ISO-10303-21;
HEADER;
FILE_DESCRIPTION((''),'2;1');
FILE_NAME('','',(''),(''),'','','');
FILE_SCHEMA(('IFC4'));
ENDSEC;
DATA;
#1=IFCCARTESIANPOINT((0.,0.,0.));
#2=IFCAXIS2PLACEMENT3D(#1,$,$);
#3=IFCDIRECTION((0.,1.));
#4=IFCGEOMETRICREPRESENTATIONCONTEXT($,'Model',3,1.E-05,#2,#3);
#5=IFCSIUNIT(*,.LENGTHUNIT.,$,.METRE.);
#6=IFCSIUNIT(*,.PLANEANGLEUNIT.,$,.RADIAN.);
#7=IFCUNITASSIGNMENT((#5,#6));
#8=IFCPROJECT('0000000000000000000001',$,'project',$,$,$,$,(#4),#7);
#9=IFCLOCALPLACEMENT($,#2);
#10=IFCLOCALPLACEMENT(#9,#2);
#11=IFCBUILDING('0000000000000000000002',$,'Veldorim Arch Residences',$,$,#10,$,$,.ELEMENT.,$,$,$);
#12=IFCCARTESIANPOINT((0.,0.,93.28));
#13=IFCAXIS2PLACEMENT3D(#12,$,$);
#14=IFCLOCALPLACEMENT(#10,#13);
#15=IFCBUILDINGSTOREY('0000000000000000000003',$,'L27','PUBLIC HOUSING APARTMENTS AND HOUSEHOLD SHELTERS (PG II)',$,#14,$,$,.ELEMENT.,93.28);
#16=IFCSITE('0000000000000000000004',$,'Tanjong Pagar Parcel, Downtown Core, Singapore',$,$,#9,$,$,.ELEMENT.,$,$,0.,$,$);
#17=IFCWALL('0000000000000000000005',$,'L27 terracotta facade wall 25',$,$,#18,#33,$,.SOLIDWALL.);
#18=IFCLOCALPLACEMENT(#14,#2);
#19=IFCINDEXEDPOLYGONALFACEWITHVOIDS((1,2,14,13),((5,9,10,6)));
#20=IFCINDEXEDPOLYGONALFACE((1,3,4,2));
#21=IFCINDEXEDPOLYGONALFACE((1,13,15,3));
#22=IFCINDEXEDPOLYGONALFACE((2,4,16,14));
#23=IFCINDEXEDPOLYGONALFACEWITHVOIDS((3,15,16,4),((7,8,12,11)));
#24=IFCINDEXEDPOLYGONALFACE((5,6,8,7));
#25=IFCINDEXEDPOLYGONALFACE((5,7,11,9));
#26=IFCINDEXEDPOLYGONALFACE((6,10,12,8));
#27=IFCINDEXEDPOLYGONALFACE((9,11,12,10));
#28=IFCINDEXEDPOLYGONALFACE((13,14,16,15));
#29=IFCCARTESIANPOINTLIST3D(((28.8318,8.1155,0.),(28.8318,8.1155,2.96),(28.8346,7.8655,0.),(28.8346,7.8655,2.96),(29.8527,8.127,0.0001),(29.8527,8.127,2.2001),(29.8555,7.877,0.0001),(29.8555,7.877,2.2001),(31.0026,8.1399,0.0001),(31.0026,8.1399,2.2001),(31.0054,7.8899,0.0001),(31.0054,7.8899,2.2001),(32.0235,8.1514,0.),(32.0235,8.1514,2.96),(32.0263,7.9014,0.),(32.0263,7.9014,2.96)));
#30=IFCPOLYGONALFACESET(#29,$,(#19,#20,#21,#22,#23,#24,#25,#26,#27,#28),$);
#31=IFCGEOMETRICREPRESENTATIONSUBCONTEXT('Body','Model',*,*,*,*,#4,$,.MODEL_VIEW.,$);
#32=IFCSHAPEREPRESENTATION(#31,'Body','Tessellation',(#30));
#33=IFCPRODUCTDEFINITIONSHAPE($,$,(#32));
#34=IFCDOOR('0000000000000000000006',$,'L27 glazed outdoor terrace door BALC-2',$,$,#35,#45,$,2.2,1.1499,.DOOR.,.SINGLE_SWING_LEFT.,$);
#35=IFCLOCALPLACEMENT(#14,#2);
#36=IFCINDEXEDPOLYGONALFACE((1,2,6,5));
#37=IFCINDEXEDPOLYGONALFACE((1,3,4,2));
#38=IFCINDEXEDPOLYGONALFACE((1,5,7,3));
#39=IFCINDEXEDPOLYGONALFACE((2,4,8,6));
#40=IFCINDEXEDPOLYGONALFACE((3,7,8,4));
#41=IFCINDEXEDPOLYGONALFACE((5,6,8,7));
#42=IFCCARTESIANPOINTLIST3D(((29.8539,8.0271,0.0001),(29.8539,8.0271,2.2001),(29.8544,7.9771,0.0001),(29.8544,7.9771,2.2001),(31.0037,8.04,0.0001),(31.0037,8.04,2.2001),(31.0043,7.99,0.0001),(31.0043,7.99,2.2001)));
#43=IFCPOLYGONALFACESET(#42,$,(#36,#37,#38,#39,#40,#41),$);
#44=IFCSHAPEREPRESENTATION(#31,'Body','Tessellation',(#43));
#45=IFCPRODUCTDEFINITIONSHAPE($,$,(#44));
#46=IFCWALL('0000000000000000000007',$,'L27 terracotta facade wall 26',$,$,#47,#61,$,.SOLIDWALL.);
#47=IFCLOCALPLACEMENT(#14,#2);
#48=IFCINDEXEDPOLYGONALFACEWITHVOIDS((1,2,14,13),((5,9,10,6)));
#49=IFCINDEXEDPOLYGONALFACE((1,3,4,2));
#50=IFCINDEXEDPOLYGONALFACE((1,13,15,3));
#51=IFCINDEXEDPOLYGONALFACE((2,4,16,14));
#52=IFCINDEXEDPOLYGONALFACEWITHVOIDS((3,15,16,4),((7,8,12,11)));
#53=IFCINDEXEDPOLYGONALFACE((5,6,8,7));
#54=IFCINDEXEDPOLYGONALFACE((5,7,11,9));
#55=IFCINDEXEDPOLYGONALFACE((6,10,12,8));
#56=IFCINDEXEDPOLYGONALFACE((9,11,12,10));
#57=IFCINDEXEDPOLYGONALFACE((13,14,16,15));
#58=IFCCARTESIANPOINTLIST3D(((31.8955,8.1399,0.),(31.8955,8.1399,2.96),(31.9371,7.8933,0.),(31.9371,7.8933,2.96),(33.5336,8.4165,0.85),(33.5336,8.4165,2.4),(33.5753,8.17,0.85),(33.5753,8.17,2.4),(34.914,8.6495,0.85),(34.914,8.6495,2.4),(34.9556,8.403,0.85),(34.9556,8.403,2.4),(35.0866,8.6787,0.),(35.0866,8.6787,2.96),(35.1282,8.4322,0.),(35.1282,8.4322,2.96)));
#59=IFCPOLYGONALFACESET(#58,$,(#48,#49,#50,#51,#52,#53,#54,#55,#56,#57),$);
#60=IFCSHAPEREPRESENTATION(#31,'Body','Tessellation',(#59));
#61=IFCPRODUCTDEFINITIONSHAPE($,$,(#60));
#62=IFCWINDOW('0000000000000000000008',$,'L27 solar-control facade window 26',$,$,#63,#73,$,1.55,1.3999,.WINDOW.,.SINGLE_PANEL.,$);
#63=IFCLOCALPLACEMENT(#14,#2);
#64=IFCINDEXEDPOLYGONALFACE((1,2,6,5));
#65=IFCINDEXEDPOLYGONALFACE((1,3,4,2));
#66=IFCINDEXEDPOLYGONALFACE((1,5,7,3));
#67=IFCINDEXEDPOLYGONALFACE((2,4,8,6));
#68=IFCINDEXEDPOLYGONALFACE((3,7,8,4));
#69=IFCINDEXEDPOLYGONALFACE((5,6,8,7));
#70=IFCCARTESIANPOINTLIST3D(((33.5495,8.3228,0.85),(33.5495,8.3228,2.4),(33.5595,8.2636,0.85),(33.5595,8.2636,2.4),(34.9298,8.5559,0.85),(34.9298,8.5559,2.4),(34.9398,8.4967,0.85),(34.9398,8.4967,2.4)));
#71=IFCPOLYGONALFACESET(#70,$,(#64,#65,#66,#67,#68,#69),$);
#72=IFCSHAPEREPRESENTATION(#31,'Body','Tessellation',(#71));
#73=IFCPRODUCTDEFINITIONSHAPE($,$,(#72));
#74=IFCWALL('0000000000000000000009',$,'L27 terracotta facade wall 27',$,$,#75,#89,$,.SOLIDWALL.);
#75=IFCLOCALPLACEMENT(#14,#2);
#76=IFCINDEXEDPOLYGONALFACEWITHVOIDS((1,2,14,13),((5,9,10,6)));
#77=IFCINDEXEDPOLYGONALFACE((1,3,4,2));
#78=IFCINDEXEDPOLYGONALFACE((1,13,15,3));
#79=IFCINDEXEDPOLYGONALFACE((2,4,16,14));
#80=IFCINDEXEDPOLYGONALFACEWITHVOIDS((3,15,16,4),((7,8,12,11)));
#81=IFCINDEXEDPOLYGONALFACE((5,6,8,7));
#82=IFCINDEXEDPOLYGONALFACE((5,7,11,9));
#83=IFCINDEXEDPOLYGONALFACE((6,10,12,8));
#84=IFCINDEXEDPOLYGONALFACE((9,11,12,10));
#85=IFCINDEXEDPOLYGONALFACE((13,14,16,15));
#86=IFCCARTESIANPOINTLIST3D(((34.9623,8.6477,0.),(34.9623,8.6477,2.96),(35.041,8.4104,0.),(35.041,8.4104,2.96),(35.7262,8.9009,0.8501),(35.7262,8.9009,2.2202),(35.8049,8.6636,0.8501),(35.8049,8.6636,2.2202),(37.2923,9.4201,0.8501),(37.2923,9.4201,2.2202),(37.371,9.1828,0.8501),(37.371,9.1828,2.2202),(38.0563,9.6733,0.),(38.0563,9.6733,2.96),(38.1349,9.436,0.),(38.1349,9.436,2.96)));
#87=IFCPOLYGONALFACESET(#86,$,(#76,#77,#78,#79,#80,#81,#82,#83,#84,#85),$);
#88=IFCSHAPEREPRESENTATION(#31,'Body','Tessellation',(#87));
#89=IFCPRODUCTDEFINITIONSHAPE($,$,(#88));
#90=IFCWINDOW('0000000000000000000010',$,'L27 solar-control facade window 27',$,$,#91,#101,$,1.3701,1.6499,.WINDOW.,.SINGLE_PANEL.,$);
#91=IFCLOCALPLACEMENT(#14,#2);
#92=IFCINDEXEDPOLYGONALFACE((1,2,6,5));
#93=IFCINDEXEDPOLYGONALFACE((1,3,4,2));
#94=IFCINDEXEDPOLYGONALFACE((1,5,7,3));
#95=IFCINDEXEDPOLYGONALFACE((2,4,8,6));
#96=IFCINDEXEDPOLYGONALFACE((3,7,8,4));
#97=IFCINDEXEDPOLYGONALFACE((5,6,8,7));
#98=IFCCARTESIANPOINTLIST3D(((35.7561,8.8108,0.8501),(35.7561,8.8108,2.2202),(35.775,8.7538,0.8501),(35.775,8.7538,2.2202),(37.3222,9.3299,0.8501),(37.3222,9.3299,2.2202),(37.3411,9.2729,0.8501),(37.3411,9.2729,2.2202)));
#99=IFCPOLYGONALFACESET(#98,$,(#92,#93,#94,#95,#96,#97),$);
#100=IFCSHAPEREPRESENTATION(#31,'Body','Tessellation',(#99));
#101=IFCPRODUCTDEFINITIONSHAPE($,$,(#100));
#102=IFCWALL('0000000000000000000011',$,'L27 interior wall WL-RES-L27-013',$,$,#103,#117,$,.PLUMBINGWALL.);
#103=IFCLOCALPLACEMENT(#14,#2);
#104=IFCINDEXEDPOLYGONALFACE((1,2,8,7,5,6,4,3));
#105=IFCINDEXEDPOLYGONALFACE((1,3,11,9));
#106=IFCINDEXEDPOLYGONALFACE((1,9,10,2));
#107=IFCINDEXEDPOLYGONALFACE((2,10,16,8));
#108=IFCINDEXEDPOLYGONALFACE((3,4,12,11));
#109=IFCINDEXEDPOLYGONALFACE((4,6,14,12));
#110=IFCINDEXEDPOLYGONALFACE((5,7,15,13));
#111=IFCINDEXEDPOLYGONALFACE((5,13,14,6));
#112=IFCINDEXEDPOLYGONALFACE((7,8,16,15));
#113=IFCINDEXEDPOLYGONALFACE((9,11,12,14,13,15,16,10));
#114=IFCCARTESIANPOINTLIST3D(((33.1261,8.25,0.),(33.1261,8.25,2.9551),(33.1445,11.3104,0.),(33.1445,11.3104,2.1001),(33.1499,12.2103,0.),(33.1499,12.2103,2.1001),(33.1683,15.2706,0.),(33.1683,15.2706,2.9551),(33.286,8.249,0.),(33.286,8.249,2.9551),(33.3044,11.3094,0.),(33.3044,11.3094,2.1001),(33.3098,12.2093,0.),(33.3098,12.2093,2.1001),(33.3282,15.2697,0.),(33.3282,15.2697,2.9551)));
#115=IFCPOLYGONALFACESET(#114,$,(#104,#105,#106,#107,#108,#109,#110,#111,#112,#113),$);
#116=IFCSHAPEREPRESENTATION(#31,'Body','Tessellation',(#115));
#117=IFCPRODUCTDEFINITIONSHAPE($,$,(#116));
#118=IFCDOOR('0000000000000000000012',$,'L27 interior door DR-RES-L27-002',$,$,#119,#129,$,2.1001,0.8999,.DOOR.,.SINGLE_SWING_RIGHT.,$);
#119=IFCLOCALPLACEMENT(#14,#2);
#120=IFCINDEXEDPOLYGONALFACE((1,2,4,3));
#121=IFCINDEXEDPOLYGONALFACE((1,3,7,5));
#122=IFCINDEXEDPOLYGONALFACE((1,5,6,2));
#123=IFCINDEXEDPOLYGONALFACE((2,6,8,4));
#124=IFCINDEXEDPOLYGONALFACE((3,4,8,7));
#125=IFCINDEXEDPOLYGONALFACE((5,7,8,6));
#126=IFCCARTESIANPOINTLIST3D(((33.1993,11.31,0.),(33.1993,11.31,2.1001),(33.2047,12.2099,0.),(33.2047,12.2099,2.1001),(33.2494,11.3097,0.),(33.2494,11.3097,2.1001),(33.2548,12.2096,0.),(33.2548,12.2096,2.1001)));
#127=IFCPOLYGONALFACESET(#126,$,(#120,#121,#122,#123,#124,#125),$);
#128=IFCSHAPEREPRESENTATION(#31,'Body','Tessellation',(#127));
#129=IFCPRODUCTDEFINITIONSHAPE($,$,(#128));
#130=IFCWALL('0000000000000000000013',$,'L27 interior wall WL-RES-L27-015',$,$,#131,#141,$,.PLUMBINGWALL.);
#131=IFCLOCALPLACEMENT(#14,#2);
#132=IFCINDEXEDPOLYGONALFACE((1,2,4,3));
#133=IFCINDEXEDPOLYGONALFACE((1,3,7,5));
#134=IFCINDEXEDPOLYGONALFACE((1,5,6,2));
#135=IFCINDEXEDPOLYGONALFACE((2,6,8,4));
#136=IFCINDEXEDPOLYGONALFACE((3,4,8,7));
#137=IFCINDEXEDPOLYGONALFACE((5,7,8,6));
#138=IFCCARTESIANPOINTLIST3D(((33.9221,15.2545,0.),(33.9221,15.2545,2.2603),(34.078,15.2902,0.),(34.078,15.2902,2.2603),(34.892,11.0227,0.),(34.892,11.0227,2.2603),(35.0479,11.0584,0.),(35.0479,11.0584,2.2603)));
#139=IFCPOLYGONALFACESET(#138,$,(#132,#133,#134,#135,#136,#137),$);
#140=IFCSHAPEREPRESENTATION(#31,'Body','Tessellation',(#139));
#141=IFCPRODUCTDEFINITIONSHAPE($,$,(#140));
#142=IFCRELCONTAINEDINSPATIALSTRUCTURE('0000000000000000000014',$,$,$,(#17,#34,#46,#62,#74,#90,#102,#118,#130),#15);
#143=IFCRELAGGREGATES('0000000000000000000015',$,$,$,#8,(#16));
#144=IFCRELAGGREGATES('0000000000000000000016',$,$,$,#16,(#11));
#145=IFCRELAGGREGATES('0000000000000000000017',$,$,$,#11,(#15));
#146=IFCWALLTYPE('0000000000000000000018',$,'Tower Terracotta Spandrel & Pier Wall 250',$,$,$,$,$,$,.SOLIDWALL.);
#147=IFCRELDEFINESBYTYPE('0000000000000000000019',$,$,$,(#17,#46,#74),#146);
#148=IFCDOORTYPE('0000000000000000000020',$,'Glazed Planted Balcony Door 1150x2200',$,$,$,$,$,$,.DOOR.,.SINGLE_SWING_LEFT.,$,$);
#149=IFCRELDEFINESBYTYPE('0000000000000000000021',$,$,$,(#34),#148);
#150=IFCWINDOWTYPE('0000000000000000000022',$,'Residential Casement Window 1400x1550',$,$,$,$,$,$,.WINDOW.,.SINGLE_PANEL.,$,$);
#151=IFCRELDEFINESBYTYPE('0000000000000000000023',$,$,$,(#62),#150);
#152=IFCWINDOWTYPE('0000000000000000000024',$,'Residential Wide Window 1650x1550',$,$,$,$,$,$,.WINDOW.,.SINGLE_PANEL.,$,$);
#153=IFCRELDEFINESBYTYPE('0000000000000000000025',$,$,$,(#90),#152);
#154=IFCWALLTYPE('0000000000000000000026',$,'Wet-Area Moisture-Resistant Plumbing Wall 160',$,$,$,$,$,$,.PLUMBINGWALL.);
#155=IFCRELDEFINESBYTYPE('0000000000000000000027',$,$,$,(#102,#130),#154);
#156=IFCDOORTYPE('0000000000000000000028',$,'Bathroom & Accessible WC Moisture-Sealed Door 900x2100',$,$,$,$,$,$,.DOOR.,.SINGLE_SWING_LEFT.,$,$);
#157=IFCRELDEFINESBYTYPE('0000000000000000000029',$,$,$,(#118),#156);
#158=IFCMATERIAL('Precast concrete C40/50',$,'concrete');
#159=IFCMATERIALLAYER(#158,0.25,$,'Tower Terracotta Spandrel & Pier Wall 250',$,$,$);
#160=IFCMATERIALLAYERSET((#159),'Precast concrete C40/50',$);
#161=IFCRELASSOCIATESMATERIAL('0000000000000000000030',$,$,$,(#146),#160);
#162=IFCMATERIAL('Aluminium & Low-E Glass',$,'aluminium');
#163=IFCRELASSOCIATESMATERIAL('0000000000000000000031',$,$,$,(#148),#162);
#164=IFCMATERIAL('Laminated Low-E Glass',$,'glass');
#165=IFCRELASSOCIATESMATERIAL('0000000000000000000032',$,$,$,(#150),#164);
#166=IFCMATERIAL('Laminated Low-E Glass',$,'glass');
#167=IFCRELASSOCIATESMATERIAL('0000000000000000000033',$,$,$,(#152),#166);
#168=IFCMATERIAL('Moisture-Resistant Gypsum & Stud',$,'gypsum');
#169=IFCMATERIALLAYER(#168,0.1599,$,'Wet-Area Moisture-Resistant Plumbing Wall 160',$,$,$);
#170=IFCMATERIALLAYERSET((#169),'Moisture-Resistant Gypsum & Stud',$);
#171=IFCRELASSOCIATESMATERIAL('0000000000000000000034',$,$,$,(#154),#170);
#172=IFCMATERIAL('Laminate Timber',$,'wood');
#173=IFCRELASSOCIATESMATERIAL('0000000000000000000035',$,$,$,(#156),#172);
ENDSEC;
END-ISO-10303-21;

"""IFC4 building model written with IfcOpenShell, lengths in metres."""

from ifc_helpers import new_model, si_unit, direction, frame, frame_2d, origin, place, context, subcontext, project, spatial, rectangle, extrude, material, layer, layer_set, type_object, element, fill, save


model = new_model("IFC4")

# Units and contexts
model_context = context("Model", 3, precision=1e-05, world=origin(), true_north=direction((0.0, 1.0)))
body_context = subcontext(model_context, "Body", "Model", "MODEL_VIEW")
ifc_project = project(units=[si_unit("LENGTHUNIT", "METRE"), si_unit("PLANEANGLEUNIT", "RADIAN")], contexts=[model_context])

# Site, building, storey
site_placement = place(None, origin())
site = spatial("IfcSite", under=ifc_project, at=site_placement, Name="Tanjong Pagar Parcel, Downtown Core, Singapore", CompositionType="ELEMENT", RefElevation=0.0)
building_placement = place(site_placement, origin())
building = spatial("IfcBuilding", under=site, at=building_placement, Name="Veldorim Arch Residences", CompositionType="ELEMENT")
storey_placement = place(building_placement, frame((0.0, 0.0, 93.28)))
storey = spatial("IfcBuildingStorey", under=building, at=storey_placement, Name="L27", Description="PUBLIC HOUSING APARTMENTS AND HOUSEHOLD SHELTERS (PG II)", CompositionType="ELEMENT", Elevation=93.28)

# Wall, opening, door
ifc_material_1 = material(Name="Precast concrete C40/50", Category="concrete")
ifc_layer_1 = layer(ifc_material_1, 0.25, Name="Tower Terracotta Spandrel & Pier Wall 250")
ifc_layer_set_1 = layer_set([ifc_layer_1], Name="Precast concrete C40/50")
wall_type_1 = type_object("IfcWallType", Name="Tower Terracotta Spandrel & Pier Wall 250", PredefinedType="SOLIDWALL", material=ifc_layer_set_1)
wall_1_placement = place(storey_placement, frame((32.0249, 8.0264, 0.0), z_axis=(0.0, 0.0, 1.0), x_axis=(-0.999937, -0.011244, 0.0)))
wall_1 = element("IfcWall", 1, at=wall_1_placement, inside=storey, type_object=wall_type_1, Name="L27 terracotta facade wall 25", PredefinedType="SOLIDWALL", context=body_context, shape_type="SweptSolid", body=[
    extrude(rectangle(XDim=3.1919, YDim=0.25, at=frame_2d((1.5959, 0.0))), origin(), (0.0, 0.0, 1.0), 2.96),
])
opening_1_placement = place(wall_1_placement, frame((1.021, 0.0, 0.0)))
opening_1 = element("IfcOpeningElement", 2, at=opening_1_placement, cuts=wall_1, PredefinedType="OPENING", context=body_context, shape_type="SweptSolid", body=[
    extrude(rectangle(XDim=1.1499, YDim=2.2, at=frame_2d((0.575, 1.1001))), frame((0.0, 0.135, 0.0), z_axis=(0.0, -1.0, 0.0), x_axis=(1.0, 0.0, 0.0)), (0.0, 0.0, 1.0), 0.27),
])
ifc_material_2 = material(Name="Aluminium & Low-E Glass", Category="aluminium")
door_type_1 = type_object("IfcDoorType", Name="Glazed Planted Balcony Door 1150x2200", OperationType="SINGLE_SWING_LEFT", PredefinedType="DOOR", material=ifc_material_2)
door_1_placement = place(opening_1_placement, origin())
door_1 = element("IfcDoor", 3, at=door_1_placement, inside=storey, type_object=door_type_1, Name="L27 glazed outdoor terrace door BALC-2", OperationType="SINGLE_SWING_LEFT", OverallHeight=2.2, OverallWidth=1.1499, PredefinedType="DOOR", context=body_context, shape_type="SweptSolid", body=[
    extrude(rectangle(XDim=1.1499, YDim=2.2, at=frame_2d((0.575, 1.1001))), frame((0.0, 0.0249, 0.0), z_axis=(0.0, -1.0, 0.0), x_axis=(1.0, 0.0, 0.0)), (0.0, 0.0, 1.0), 0.05),
])
fill(opening_1, door_1)

# Walls, openings, windows
wall_2_placement = place(storey_placement, frame((35.1074, 8.5554, 0.0), z_axis=(0.0, 0.0, 1.0), x_axis=(-0.986043, -0.16649, 0.0)))
wall_2 = element("IfcWall", 4, at=wall_2_placement, inside=storey, type_object=wall_type_1, Name="L27 terracotta facade wall 26", PredefinedType="SOLIDWALL", context=body_context, shape_type="SweptSolid", body=[
    extrude(rectangle(XDim=3.2363, YDim=0.25, at=frame_2d((1.6182, 0.0))), origin(), (0.0, 0.0, 1.0), 2.96),
])
opening_2_placement = place(wall_2_placement, frame((0.175, 0.0, 0.8501)))
opening_2 = element("IfcOpeningElement", 5, at=opening_2_placement, cuts=wall_2, PredefinedType="OPENING", context=body_context, shape_type="SweptSolid", body=[
    extrude(rectangle(XDim=1.3999, YDim=1.55, at=frame_2d((0.7, 0.7749))), frame((0.0, 0.135, 0.0), z_axis=(0.0, -1.0, 0.0), x_axis=(1.0, 0.0, 0.0)), (0.0, 0.0, 1.0), 0.27),
])
ifc_material_3 = material(Name="Laminated Low-E Glass", Category="glass")
window_type_1 = type_object("IfcWindowType", Name="Residential Casement Window 1400x1550", PartitioningType="SINGLE_PANEL", PredefinedType="WINDOW", material=ifc_material_3)
window_1_placement = place(opening_2_placement, origin())
window_1 = element("IfcWindow", 6, at=window_1_placement, inside=storey, type_object=window_type_1, Name="L27 solar-control facade window 26", OverallHeight=1.55, OverallWidth=1.3999, PartitioningType="SINGLE_PANEL", PredefinedType="WINDOW", context=body_context, shape_type="SweptSolid", body=[
    extrude(rectangle(XDim=1.3999, YDim=1.55, at=frame_2d((0.7, 0.7749))), frame((0.0, 0.03, 0.0), z_axis=(0.0, -1.0, 0.0), x_axis=(1.0, 0.0, 0.0)), (0.0, 0.0, 1.0), 0.0601),
])
fill(opening_2, window_1)
wall_3_placement = place(storey_placement, frame((38.0957, 9.5547, 0.0), z_axis=(0.0, 0.0, 1.0), x_axis=(-0.949206, -0.314654, 0.0)))
wall_3 = element("IfcWall", 7, at=wall_3_placement, inside=storey, type_object=wall_type_1, Name="L27 terracotta facade wall 27", PredefinedType="SOLIDWALL", context=body_context, shape_type="SweptSolid", body=[
    extrude(rectangle(XDim=3.2595, YDim=0.25, at=frame_2d((1.6299, 0.0))), origin(), (0.0, 0.0, 1.0), 2.96),
])
opening_3_placement = place(wall_3_placement, frame((0.8049, 0.0, 0.8501)))
opening_3 = element("IfcOpeningElement", 8, at=opening_3_placement, cuts=wall_3, PredefinedType="OPENING", context=body_context, shape_type="SweptSolid", body=[
    extrude(rectangle(XDim=1.6499, YDim=1.3701, at=frame_2d((0.825, 0.6851))), frame((0.0, 0.135, 0.0), z_axis=(0.0, -1.0, 0.0), x_axis=(1.0, 0.0, 0.0)), (0.0, 0.0, 1.0), 0.27),
])
ifc_material_4 = material(Name="Laminated Low-E Glass", Category="glass")
window_type_2 = type_object("IfcWindowType", Name="Residential Wide Window 1650x1550", PartitioningType="SINGLE_PANEL", PredefinedType="WINDOW", material=ifc_material_4)
window_2_placement = place(opening_3_placement, origin())
window_2 = element("IfcWindow", 9, at=window_2_placement, inside=storey, type_object=window_type_2, Name="L27 solar-control facade window 27", OverallHeight=1.3701, OverallWidth=1.6499, PartitioningType="SINGLE_PANEL", PredefinedType="WINDOW", context=body_context, shape_type="SweptSolid", body=[
    extrude(rectangle(XDim=1.6499, YDim=1.3701, at=frame_2d((0.825, 0.6851))), frame((0.0, 0.03, 0.0), z_axis=(0.0, -1.0, 0.0), x_axis=(1.0, 0.0, 0.0)), (0.0, 0.0, 1.0), 0.0601),
])
fill(opening_3, window_2)

# Wall, opening, door
ifc_material_5 = material(Name="Moisture-Resistant Gypsum & Stud", Category="gypsum")
ifc_layer_2 = layer(ifc_material_5, 0.1599, Name="Wet-Area Moisture-Resistant Plumbing Wall 160")
ifc_layer_set_2 = layer_set([ifc_layer_2], Name="Moisture-Resistant Gypsum & Stud")
wall_type_2 = type_object("IfcWallType", Name="Wet-Area Moisture-Resistant Plumbing Wall 160", PredefinedType="PLUMBINGWALL", material=ifc_layer_set_2)
wall_4_placement = place(storey_placement, frame((33.2483, 15.27, 0.0), z_axis=(0.0, 0.0, 1.0), x_axis=(-0.006016, -0.999982, 0.0)))
wall_4 = element("IfcWall", 10, at=wall_4_placement, inside=storey, type_object=wall_type_2, Name="L27 interior wall WL-RES-L27-013", PredefinedType="PLUMBINGWALL", context=body_context, shape_type="SweptSolid", body=[
    extrude(rectangle(XDim=7.0208, YDim=0.1599, at=frame_2d((3.5103, 0.0))), origin(), (0.0, 0.0, 1.0), 2.9551),
])
opening_4_placement = place(wall_4_placement, frame((3.0603, 0.0, 0.0)))
opening_4 = element("IfcOpeningElement", 11, at=opening_4_placement, cuts=wall_4, PredefinedType="OPENING", context=body_context, shape_type="SweptSolid", body=[
    extrude(rectangle(XDim=0.8999, YDim=2.1001, at=frame_2d((0.45, 1.05))), frame((0.0, 0.0898, 0.0), z_axis=(0.0, -1.0, 0.0), x_axis=(1.0, 0.0, 0.0)), (0.0, 0.0, 1.0), 0.1799),
])
ifc_material_6 = material(Name="Laminate Timber", Category="wood")
door_type_2 = type_object("IfcDoorType", Name="Bathroom & Accessible WC Moisture-Sealed Door 900x2100", OperationType="SINGLE_SWING_LEFT", PredefinedType="DOOR", material=ifc_material_6)
door_2_placement = place(opening_4_placement, origin())
door_2 = element("IfcDoor", 12, at=door_2_placement, inside=storey, type_object=door_type_2, Name="L27 interior door DR-RES-L27-002", OperationType="SINGLE_SWING_RIGHT", OverallHeight=2.1001, OverallWidth=0.8999, PredefinedType="DOOR", context=body_context, shape_type="SweptSolid", body=[
    extrude(rectangle(XDim=0.8999, YDim=2.1001, at=frame_2d((0.45, 1.05))), frame((0.0, 0.0249, 0.0), z_axis=(0.0, -1.0, 0.0), x_axis=(1.0, 0.0, 0.0)), (0.0, 0.0, 1.0), 0.05),
])
fill(opening_4, door_2)

# Wall
wall_5_placement = place(storey_placement, frame((34.0, 15.2725, 0.0), z_axis=(0.0, 0.0, 1.0), x_axis=(0.22341, -0.974725, 0.0)))
element("IfcWall", 13, at=wall_5_placement, inside=storey, type_object=wall_type_2, Name="L27 interior wall WL-RES-L27-015", PredefinedType="PLUMBINGWALL", context=body_context, shape_type="SweptSolid", body=[
    extrude(rectangle(XDim=4.3416, YDim=0.1599, at=frame_2d((2.1709, 0.0))), origin(), (0.0, 0.0, 1.0), 2.2603),
])

save(model, "model.ifc")
